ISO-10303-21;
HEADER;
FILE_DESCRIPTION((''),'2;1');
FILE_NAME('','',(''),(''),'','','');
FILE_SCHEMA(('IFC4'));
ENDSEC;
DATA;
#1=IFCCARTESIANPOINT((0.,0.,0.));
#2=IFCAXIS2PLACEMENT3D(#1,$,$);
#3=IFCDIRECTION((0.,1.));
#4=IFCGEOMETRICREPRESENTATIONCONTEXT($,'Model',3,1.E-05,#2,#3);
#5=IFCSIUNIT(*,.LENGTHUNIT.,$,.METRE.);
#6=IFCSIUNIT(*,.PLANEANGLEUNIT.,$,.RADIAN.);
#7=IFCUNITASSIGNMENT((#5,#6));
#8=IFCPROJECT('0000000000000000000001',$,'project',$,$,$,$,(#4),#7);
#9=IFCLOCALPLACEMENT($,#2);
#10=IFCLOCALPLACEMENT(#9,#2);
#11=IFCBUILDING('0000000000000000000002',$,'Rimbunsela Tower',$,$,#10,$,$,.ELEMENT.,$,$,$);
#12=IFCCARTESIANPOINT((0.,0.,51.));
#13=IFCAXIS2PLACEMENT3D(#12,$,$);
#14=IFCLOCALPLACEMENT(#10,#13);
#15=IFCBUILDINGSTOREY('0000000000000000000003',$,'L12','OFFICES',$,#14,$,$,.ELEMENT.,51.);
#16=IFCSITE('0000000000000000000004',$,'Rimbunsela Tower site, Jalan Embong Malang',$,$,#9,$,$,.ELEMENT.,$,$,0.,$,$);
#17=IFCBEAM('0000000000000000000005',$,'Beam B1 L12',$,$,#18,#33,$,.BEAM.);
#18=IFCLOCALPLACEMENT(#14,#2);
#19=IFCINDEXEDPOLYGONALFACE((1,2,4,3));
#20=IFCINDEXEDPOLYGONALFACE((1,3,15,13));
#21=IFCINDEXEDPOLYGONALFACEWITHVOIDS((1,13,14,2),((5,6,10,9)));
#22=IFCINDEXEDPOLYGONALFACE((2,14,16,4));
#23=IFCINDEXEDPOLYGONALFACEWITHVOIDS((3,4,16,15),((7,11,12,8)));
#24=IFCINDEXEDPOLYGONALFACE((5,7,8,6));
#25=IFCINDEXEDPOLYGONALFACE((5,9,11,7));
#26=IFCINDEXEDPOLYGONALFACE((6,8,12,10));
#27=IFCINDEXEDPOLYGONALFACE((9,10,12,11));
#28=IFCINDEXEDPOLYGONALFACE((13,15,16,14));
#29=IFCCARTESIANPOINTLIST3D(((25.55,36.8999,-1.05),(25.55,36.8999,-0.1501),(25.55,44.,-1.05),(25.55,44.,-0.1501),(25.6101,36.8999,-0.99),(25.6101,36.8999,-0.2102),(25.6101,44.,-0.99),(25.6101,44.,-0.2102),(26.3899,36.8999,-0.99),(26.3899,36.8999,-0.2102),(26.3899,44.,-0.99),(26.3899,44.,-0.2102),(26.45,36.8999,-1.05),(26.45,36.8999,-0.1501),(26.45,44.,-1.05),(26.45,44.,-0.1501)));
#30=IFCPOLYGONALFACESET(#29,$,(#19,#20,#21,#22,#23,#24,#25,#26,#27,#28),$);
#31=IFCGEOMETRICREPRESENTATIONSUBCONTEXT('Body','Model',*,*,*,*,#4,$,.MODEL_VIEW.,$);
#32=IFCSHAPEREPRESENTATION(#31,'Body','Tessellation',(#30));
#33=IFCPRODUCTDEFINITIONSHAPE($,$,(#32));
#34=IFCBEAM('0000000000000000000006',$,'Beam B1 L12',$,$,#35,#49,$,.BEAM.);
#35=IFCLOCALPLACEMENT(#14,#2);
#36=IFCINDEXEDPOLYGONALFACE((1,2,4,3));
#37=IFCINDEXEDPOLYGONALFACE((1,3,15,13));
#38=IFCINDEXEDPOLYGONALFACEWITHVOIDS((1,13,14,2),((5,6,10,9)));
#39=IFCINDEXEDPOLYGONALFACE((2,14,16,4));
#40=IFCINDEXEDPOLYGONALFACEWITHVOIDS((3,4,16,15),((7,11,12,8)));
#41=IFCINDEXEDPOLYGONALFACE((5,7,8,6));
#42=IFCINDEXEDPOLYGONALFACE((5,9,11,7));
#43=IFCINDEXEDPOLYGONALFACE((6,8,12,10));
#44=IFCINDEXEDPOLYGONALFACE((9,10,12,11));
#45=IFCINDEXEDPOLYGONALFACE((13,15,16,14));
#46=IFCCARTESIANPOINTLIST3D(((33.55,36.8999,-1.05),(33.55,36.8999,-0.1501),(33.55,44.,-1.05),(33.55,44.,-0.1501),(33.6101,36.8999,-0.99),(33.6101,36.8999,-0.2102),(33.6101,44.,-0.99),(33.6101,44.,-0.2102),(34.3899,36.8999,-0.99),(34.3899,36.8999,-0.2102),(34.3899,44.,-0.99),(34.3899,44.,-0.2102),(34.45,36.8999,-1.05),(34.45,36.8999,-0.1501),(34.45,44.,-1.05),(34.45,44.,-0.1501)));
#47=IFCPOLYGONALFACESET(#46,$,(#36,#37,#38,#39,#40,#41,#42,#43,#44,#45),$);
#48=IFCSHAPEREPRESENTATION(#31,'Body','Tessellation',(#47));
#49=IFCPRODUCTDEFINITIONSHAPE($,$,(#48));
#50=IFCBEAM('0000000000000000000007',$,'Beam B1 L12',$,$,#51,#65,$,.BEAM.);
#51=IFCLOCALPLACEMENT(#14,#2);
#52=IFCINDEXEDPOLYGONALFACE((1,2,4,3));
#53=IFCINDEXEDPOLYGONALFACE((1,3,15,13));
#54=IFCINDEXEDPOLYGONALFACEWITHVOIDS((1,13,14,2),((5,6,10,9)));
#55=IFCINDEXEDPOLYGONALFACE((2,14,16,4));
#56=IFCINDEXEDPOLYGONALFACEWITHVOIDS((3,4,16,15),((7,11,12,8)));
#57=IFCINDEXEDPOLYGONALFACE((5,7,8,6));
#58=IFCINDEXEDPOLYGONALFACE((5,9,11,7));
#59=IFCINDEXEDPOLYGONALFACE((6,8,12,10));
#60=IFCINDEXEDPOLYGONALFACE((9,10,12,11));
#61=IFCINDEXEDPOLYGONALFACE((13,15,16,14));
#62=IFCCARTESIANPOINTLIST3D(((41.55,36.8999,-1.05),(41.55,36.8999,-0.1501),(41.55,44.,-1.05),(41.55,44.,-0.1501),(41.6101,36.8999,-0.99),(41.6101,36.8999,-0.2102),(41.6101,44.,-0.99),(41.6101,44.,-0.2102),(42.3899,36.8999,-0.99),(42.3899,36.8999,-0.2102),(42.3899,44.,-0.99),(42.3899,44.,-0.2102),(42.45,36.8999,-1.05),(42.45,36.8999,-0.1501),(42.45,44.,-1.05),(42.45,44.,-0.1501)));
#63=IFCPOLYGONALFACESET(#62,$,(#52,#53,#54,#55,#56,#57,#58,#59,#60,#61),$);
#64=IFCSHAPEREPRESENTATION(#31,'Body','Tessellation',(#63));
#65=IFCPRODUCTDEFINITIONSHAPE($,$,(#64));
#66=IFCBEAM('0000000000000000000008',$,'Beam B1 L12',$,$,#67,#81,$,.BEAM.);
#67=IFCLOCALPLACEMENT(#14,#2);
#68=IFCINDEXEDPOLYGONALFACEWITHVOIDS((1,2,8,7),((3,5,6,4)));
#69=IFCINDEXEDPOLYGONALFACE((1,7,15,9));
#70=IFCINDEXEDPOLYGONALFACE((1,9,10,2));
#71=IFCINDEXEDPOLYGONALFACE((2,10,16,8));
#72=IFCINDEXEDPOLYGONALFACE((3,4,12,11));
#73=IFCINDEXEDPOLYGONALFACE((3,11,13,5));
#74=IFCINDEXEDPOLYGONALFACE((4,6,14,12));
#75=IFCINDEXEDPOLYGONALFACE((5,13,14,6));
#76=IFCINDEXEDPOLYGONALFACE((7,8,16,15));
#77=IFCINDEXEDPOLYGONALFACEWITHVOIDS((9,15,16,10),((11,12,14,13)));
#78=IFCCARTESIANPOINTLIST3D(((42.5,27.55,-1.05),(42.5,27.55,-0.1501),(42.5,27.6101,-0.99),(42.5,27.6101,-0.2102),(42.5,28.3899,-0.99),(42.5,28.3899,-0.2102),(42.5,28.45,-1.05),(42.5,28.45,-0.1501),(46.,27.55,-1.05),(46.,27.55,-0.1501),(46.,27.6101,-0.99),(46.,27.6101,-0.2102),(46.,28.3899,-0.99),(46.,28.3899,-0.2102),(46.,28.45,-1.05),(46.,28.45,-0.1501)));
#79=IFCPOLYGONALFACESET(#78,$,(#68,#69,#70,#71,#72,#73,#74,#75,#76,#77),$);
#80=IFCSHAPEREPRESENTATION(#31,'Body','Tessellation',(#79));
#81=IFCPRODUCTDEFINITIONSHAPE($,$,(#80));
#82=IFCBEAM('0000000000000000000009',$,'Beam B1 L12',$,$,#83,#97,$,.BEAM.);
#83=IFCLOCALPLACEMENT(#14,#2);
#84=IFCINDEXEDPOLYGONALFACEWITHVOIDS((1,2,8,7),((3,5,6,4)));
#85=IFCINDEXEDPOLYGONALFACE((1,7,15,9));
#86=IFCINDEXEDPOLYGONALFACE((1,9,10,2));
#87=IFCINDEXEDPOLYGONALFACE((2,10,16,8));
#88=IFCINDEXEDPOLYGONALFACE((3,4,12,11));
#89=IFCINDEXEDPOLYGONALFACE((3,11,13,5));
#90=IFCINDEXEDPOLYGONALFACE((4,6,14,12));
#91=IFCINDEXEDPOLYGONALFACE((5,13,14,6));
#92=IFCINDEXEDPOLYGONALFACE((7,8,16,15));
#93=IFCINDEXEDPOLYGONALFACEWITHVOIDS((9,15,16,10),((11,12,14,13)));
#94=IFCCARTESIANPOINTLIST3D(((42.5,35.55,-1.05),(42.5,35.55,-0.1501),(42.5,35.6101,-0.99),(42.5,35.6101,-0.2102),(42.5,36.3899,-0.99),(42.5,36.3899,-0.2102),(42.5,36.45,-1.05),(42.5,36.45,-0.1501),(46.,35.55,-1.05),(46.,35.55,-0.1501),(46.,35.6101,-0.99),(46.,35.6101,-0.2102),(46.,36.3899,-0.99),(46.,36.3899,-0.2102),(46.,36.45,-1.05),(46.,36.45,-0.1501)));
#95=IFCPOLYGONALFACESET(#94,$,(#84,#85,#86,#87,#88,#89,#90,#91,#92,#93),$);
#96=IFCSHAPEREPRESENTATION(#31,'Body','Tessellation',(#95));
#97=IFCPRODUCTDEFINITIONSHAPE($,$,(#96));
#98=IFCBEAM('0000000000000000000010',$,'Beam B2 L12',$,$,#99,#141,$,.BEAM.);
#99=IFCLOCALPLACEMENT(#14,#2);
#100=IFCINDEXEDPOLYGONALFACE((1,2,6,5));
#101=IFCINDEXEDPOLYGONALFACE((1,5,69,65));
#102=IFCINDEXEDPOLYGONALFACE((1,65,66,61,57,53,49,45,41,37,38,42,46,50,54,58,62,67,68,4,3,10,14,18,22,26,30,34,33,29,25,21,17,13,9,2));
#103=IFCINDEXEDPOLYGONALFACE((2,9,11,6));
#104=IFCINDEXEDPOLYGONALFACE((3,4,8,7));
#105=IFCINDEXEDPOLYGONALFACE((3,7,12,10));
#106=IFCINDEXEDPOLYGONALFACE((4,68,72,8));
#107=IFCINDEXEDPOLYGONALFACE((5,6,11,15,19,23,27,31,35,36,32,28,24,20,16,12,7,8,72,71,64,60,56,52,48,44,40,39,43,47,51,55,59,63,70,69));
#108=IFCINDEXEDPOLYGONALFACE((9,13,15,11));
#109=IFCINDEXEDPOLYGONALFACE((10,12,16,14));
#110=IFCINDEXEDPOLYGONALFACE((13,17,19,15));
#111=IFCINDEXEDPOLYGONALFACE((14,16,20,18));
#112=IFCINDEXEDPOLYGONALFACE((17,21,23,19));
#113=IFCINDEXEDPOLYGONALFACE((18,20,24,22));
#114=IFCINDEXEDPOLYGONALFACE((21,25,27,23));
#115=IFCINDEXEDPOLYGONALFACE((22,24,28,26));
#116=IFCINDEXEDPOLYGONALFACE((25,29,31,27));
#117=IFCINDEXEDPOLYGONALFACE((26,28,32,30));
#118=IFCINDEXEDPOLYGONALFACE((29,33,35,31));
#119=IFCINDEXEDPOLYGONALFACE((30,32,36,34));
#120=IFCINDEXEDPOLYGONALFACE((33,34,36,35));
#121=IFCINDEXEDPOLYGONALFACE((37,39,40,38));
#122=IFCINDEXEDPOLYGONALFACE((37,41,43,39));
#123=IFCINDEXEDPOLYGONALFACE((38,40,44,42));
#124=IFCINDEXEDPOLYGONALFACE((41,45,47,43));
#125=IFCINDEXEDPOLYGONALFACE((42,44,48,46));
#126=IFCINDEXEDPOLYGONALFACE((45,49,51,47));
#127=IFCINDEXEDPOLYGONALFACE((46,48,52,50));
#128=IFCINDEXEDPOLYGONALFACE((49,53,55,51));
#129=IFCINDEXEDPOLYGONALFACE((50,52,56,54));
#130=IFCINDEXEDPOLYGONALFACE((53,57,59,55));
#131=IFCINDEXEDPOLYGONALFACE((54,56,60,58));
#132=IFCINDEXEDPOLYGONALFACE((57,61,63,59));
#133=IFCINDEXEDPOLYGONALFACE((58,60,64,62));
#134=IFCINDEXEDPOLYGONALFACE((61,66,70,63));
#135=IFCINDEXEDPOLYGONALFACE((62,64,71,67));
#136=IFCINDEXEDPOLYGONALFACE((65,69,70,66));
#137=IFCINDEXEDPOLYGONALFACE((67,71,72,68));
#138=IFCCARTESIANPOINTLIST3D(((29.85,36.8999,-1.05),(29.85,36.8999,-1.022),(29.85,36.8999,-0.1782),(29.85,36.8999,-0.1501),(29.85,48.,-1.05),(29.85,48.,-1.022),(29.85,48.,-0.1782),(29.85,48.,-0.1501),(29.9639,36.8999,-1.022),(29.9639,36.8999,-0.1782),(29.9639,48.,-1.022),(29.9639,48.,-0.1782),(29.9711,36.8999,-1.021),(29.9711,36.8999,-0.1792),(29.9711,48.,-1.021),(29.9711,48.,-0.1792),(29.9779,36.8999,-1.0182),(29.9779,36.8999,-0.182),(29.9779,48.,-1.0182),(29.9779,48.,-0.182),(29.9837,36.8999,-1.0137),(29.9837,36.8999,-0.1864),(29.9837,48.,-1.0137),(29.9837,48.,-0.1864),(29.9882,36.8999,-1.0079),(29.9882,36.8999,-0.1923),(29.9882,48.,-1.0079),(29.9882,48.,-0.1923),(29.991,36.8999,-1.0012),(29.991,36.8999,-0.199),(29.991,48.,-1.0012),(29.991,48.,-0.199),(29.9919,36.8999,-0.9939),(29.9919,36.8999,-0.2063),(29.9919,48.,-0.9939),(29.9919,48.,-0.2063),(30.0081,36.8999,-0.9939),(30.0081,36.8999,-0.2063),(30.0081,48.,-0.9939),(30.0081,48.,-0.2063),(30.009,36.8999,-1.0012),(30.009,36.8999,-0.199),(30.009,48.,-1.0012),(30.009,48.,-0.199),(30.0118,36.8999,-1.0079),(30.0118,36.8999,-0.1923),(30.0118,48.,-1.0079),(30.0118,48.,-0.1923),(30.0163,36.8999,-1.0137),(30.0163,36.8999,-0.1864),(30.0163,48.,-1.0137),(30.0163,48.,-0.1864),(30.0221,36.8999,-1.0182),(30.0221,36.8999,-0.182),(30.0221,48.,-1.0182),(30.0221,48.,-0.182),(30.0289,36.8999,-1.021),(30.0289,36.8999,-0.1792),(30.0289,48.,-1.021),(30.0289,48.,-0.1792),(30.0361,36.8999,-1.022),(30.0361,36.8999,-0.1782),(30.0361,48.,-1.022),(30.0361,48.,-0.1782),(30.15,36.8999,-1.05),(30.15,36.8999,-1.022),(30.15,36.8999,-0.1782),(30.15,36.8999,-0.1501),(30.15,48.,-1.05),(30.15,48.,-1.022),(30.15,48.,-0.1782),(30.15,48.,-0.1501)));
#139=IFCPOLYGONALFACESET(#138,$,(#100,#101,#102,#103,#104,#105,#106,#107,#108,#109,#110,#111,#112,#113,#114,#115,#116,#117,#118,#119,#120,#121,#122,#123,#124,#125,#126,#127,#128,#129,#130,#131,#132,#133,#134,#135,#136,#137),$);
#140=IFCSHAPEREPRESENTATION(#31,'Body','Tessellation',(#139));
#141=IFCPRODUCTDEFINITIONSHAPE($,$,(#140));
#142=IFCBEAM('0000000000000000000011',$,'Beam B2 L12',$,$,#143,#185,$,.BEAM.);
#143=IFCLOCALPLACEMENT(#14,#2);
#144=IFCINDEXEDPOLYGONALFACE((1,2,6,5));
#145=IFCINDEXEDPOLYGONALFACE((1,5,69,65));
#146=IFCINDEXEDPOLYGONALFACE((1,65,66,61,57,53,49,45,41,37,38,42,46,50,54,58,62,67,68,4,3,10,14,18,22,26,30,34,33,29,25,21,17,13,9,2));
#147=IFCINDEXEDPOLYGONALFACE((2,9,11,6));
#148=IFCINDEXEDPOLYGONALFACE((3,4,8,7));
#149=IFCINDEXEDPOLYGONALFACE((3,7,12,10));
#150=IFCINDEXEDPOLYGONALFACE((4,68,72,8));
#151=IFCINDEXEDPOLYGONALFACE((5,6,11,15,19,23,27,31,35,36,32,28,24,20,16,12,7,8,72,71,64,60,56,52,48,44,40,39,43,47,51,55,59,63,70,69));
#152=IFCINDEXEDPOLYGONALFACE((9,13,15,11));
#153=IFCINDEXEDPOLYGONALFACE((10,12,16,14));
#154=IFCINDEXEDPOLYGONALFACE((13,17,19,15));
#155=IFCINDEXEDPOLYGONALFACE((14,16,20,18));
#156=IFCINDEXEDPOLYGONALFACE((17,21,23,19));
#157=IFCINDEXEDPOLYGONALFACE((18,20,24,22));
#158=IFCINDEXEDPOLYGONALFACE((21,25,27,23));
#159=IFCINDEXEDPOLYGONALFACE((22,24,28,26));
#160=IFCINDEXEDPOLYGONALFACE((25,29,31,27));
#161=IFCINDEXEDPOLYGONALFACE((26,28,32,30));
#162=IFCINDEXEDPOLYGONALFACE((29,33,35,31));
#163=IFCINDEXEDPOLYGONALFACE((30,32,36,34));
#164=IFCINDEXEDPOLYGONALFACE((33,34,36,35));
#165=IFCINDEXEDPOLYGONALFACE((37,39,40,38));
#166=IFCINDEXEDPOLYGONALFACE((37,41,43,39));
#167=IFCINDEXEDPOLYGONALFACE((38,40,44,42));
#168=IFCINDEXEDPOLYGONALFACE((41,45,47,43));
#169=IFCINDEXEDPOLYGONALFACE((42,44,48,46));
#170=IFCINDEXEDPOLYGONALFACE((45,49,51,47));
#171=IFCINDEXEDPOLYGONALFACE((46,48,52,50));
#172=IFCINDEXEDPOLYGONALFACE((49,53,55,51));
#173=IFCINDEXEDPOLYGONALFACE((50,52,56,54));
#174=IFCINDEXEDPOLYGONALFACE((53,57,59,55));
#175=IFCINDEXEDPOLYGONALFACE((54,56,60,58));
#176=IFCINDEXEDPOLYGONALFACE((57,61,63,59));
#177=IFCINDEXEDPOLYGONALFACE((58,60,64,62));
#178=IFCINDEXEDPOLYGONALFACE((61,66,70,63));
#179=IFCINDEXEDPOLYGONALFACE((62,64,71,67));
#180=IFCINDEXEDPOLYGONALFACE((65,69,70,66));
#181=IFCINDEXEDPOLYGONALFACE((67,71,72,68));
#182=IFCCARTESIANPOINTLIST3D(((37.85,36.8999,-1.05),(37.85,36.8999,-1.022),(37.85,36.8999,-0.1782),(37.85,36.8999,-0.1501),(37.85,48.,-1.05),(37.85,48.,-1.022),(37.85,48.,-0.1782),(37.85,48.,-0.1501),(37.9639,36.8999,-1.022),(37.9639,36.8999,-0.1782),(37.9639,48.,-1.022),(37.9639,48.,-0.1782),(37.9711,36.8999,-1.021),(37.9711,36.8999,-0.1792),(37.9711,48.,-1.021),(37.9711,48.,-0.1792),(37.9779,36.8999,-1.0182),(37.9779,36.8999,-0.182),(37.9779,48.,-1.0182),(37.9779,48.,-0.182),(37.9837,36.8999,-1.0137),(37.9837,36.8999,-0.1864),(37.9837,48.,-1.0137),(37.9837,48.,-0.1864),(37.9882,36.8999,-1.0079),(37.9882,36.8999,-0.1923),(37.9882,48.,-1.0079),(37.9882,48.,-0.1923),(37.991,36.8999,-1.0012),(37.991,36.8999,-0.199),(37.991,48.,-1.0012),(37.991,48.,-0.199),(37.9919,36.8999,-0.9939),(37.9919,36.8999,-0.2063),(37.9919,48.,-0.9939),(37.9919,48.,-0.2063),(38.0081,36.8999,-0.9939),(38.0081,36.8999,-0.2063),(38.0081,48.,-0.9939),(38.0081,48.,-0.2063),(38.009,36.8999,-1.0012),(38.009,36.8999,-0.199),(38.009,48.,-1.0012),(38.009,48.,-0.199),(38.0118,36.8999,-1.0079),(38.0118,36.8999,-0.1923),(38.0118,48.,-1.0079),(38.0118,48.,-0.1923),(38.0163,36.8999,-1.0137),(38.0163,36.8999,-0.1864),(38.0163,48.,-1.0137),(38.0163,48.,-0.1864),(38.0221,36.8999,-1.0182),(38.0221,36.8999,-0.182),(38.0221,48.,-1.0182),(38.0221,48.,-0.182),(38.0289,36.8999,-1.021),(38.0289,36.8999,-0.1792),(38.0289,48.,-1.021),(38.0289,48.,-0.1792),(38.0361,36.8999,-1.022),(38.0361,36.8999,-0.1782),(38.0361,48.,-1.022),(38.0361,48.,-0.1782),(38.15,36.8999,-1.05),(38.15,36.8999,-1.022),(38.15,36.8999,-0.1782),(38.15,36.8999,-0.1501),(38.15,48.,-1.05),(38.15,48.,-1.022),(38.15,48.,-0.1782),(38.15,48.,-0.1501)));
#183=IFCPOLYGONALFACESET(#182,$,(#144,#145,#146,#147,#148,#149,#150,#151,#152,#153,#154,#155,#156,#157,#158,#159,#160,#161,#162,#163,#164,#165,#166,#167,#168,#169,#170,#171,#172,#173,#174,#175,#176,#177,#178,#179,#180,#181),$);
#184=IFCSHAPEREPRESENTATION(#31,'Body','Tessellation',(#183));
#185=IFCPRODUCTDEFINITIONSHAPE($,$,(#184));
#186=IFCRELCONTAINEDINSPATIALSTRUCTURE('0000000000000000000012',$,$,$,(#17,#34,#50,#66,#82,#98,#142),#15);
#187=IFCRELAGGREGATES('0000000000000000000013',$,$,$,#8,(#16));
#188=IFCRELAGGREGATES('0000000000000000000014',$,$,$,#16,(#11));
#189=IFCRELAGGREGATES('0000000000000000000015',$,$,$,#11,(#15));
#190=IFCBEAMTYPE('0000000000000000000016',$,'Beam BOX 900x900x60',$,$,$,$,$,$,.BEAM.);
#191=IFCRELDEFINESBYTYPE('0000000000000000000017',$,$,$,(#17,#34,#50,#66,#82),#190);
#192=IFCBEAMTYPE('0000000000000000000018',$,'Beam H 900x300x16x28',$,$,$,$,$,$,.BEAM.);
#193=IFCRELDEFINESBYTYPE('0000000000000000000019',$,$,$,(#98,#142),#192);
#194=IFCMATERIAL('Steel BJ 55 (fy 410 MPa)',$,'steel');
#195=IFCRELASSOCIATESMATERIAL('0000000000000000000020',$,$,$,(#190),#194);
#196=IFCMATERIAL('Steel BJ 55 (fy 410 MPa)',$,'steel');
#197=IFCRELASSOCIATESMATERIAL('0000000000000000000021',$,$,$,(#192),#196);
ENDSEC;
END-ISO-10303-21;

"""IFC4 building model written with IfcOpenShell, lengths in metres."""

from ifc_helpers import new_model, si_unit, direction, frame, origin, origin_2d, place, context, subcontext, project, spatial, hollow_rectangle, i_section, extrude, material, material_profile, profile_set, type_object, element, save


model = new_model("IFC4")

# Units and contexts
model_context = context("Model", 3, precision=1e-05, world=origin(), true_north=direction((0.0, 1.0)))
body_context = subcontext(model_context, "Body", "Model", "MODEL_VIEW")
ifc_project = project(units=[si_unit("LENGTHUNIT", "METRE"), si_unit("PLANEANGLEUNIT", "RADIAN")], contexts=[model_context])

# Site, building, storey
site_placement = place(None, origin())
site = spatial("IfcSite", under=ifc_project, at=site_placement, Name="Rimbunsela Tower site, Jalan Embong Malang", CompositionType="ELEMENT", RefElevation=0.0)
building_placement = place(site_placement, origin())
building = spatial("IfcBuilding", under=site, at=building_placement, Name="Rimbunsela Tower", CompositionType="ELEMENT")
storey_placement = place(building_placement, frame((0.0, 0.0, 51.0)))
storey = spatial("IfcBuildingStorey", under=building, at=storey_placement, Name="L12", Description="OFFICES", CompositionType="ELEMENT", Elevation=51.0)

# Beams
ifc_material_1 = material(Name="Steel BJ 55 (fy 410 MPa)", Category="steel")
ifc_material_profile_1 = material_profile(ifc_material_1, hollow_rectangle(XDim=0.8999, YDim=0.8999, WallThickness=0.0601, at=origin_2d()), Name="BOX 900x900x60")
ifc_profile_set_1 = profile_set([ifc_material_profile_1], Name="Steel BJ 55 (fy 410 MPa)")
beam_type_1 = type_object("IfcBeamType", Name="Beam BOX 900x900x60", PredefinedType="BEAM", material=ifc_profile_set_1)
for number, where, z_axis, x_axis, name in (
    (1, (26.0, 36.8999, -0.6001), (0.0, 1.0, 0.0), (-1.0, 0.0, 0.0), "Beam B1 L12"),
    (2, (34.0, 36.8999, -0.6001), (0.0, 1.0, 0.0), (-1.0, 0.0, 0.0), "Beam B1 L12"),
    (3, (42.0, 36.8999, -0.6001), (0.0, 1.0, 0.0), (-1.0, 0.0, 0.0), "Beam B1 L12"),
):
    element("IfcBeam", number, at=place(storey_placement, frame(where, z_axis=z_axis, x_axis=x_axis)), inside=storey, type_object=beam_type_1, Name=name, PredefinedType="BEAM", context=body_context, shape_type="SweptSolid", body=[
        extrude(hollow_rectangle(XDim=0.8999, YDim=0.8999, WallThickness=0.0601, at=origin_2d()), origin(), (0.0, 0.0, 1.0), 7.1001),
    ])
for number, where, z_axis, x_axis, name in (
    (4, (42.5, 28.0, -0.6001), (1.0, 0.0, 0.0), (0.0, 1.0, 0.0), "Beam B1 L12"),
    (5, (42.5, 36.0, -0.6001), (1.0, 0.0, 0.0), (0.0, 1.0, 0.0), "Beam B1 L12"),
):
    element("IfcBeam", number, at=place(storey_placement, frame(where, z_axis=z_axis, x_axis=x_axis)), inside=storey, type_object=beam_type_1, Name=name, PredefinedType="BEAM", context=body_context, shape_type="SweptSolid", body=[
        extrude(hollow_rectangle(XDim=0.8999, YDim=0.8999, WallThickness=0.0601, at=origin_2d()), origin(), (0.0, 0.0, 1.0), 3.5),
    ])
ifc_material_2 = material(Name="Steel BJ 55 (fy 410 MPa)", Category="steel")
ifc_material_profile_2 = material_profile(ifc_material_2, i_section(OverallWidth=0.3, OverallDepth=0.8999, WebThickness=0.0161, FlangeThickness=0.0281, FilletRadius=0.0281, at=origin_2d()), Name="H 900x300x16x28")
ifc_profile_set_2 = profile_set([ifc_material_profile_2], Name="Steel BJ 55 (fy 410 MPa)")
beam_type_2 = type_object("IfcBeamType", Name="Beam H 900x300x16x28", PredefinedType="BEAM", material=ifc_profile_set_2)
for number, where, z_axis, x_axis, name in (
    (6, (30.0, 36.8999, -0.6001), (0.0, 1.0, 0.0), (-1.0, 0.0, 0.0), "Beam B2 L12"),
    (7, (38.0, 36.8999, -0.6001), (0.0, 1.0, 0.0), (-1.0, 0.0, 0.0), "Beam B2 L12"),
):
    element("IfcBeam", number, at=place(storey_placement, frame(where, z_axis=z_axis, x_axis=x_axis)), inside=storey, type_object=beam_type_2, Name=name, PredefinedType="BEAM", context=body_context, shape_type="SweptSolid", body=[
        extrude(i_section(OverallWidth=0.3, OverallDepth=0.8999, WebThickness=0.0161, FlangeThickness=0.0281, FilletRadius=0.0281, at=origin_2d()), origin(), (0.0, 0.0, 1.0), 11.1001),
    ])

save(model, "model.ifc")
